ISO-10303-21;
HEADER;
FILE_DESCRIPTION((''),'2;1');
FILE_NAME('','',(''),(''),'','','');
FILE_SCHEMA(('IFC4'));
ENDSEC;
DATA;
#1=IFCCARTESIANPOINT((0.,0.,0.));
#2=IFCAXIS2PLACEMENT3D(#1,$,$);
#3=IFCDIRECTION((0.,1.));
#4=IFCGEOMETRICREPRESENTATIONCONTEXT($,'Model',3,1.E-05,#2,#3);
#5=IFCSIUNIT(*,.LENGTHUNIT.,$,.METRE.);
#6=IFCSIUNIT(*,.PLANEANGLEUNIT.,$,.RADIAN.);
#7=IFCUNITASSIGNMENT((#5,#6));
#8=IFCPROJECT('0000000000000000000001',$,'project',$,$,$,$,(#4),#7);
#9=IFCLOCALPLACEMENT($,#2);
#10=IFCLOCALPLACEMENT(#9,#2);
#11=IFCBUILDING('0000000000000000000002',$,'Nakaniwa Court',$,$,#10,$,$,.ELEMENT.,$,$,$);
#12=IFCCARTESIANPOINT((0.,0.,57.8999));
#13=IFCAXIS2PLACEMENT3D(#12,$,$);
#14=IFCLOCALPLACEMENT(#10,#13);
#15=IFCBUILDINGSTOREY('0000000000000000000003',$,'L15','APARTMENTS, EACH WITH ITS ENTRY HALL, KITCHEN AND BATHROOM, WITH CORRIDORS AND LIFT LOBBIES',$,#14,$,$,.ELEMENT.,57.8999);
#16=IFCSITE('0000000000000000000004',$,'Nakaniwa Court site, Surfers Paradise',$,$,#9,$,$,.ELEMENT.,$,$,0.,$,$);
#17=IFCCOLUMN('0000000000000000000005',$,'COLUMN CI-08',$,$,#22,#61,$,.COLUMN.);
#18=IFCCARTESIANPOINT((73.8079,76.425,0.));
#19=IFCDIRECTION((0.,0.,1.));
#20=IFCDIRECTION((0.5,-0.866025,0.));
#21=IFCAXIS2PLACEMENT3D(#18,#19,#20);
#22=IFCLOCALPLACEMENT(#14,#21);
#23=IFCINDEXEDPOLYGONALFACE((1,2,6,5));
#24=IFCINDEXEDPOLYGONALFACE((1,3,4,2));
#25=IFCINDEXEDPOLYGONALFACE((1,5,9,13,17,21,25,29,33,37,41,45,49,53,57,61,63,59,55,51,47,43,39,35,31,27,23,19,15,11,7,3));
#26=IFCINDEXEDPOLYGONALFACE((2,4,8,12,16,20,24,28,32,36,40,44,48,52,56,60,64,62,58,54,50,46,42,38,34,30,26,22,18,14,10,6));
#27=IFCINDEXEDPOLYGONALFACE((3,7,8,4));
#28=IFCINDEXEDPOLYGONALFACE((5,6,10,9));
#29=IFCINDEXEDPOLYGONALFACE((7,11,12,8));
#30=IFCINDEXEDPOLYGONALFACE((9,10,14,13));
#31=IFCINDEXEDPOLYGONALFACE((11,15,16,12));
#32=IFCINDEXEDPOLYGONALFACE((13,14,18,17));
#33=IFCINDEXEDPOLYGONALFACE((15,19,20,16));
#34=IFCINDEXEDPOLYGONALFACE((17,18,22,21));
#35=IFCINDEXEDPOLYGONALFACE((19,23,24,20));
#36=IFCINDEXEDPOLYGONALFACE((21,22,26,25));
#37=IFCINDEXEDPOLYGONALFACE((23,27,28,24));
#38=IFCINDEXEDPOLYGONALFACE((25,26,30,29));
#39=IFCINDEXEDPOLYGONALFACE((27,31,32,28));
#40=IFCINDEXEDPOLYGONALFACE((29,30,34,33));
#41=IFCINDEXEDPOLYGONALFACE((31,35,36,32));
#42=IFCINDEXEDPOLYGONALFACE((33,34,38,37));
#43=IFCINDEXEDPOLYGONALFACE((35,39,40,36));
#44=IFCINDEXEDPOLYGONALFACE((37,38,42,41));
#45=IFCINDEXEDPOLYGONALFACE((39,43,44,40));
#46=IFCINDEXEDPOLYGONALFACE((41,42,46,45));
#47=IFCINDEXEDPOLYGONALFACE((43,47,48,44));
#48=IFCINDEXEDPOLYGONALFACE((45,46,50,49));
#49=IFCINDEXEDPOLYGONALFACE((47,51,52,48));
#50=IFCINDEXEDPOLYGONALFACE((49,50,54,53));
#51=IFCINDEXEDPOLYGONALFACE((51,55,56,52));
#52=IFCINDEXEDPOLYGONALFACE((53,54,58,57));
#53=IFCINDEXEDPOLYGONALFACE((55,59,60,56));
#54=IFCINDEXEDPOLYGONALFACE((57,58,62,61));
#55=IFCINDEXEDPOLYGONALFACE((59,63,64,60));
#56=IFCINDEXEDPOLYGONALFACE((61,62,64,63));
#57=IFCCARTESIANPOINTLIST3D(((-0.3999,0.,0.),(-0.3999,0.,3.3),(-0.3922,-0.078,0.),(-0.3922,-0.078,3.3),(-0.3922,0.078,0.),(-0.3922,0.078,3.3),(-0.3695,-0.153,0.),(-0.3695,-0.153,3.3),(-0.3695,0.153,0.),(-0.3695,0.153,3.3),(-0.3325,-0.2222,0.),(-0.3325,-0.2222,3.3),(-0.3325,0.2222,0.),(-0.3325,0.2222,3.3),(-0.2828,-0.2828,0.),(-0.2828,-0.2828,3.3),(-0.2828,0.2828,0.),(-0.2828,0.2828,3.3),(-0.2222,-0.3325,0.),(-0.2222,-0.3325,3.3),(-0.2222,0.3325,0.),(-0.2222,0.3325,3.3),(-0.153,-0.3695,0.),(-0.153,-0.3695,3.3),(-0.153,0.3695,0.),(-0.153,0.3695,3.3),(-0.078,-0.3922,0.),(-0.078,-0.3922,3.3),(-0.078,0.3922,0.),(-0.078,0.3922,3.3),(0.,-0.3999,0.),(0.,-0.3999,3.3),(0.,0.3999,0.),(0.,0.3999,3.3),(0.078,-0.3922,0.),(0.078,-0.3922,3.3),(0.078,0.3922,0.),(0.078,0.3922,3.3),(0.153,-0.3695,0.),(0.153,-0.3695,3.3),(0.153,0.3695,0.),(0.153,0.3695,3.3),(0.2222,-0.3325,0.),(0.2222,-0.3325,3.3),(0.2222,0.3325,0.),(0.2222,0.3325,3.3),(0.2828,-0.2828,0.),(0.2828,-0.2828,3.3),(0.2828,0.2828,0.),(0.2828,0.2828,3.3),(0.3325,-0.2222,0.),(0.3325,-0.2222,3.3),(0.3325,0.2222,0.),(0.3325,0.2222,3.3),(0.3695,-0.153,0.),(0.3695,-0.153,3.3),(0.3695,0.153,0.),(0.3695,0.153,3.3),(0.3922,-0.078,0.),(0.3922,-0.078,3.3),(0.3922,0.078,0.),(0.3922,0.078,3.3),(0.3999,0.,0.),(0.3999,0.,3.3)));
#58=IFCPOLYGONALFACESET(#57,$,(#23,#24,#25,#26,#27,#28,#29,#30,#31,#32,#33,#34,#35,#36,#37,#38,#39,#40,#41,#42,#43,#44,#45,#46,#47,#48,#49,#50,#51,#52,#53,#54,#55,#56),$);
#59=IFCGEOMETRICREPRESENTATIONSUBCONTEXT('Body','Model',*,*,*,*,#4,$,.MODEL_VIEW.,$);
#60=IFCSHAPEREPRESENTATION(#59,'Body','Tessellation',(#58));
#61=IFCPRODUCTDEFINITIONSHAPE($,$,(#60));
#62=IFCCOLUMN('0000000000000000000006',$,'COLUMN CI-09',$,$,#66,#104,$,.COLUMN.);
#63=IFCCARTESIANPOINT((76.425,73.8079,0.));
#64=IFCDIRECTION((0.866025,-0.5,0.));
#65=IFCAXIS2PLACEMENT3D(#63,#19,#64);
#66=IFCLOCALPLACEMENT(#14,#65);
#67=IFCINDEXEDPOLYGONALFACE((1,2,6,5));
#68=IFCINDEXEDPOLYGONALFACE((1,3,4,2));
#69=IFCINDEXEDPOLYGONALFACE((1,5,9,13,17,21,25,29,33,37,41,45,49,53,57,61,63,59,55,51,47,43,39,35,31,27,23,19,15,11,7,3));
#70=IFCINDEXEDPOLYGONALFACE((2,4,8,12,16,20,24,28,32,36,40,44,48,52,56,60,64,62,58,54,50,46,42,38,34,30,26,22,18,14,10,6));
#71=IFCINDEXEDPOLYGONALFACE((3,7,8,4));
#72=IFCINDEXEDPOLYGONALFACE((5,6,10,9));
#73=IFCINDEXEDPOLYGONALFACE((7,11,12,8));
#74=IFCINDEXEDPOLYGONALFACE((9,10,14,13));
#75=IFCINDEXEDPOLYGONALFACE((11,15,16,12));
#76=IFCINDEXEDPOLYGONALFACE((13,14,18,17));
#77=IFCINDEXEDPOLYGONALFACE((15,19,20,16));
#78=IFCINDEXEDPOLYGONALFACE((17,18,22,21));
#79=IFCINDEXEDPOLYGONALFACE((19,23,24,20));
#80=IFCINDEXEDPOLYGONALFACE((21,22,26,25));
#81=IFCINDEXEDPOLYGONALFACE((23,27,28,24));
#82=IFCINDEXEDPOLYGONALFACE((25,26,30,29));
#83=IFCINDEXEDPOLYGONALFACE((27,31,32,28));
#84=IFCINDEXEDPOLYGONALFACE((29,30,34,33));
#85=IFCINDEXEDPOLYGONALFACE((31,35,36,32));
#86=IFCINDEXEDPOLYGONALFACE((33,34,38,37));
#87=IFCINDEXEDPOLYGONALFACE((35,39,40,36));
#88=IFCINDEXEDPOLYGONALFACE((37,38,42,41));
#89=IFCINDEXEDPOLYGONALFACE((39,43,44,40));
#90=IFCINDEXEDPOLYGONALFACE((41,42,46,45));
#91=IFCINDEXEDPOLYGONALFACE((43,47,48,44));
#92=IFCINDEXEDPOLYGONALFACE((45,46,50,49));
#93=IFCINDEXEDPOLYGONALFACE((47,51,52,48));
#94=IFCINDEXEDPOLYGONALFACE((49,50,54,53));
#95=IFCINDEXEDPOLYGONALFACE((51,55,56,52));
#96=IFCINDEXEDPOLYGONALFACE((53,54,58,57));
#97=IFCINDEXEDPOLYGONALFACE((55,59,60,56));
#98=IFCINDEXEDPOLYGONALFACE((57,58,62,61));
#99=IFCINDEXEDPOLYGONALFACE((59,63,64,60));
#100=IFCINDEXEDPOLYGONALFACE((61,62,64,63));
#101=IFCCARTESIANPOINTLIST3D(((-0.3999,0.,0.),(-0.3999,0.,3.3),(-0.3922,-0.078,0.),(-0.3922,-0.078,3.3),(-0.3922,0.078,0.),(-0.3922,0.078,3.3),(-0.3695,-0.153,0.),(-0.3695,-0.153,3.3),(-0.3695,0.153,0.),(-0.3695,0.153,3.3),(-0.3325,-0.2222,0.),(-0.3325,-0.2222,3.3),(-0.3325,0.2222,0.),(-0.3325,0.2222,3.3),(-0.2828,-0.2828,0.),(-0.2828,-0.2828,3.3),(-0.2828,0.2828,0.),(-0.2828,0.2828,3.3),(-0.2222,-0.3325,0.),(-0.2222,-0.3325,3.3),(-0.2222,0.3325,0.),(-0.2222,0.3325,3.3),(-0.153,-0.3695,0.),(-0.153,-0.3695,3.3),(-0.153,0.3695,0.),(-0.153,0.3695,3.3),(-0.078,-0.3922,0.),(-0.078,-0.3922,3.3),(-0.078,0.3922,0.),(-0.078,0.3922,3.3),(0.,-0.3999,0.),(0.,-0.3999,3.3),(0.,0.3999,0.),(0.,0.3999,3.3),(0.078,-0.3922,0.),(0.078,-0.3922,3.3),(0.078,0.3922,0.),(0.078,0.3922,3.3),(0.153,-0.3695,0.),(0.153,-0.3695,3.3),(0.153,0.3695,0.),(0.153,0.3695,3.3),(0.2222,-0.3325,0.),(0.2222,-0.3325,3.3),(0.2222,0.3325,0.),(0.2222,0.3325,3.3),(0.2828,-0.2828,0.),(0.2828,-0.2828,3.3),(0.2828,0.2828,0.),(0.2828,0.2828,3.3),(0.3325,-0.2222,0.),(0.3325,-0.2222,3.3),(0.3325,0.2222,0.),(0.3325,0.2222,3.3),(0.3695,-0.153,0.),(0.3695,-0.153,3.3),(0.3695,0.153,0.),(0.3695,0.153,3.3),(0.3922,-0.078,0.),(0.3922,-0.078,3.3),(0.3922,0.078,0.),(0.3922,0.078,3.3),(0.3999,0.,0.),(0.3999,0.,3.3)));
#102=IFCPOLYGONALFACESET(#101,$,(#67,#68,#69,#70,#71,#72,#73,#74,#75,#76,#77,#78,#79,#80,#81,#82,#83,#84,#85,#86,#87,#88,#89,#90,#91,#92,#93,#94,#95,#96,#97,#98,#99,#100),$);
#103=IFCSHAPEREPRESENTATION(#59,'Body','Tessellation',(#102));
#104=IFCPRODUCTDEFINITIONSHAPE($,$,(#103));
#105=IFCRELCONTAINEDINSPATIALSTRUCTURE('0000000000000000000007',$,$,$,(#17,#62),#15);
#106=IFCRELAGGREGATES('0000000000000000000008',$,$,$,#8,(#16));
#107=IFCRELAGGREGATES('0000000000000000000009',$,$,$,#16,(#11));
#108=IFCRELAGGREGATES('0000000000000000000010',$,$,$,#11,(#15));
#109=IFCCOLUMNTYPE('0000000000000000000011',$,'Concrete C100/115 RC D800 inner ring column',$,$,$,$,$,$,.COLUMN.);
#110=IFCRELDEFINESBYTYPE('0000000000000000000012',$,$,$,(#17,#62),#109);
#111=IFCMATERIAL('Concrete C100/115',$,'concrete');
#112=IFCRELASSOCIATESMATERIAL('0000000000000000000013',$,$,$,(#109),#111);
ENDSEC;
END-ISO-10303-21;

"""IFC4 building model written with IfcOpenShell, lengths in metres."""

from ifc_helpers import new_model, si_unit, direction, frame, origin, origin_2d, place, context, subcontext, project, spatial, circle, extrude, material, material_profile, profile_set, type_object, element, save


model = new_model("IFC4")

# Units and contexts
model_context = context("Model", 3, precision=1e-05, world=origin(), true_north=direction((0.0, 1.0)))
body_context = subcontext(model_context, "Body", "Model", "MODEL_VIEW")
ifc_project = project(units=[si_unit("LENGTHUNIT", "METRE"), si_unit("PLANEANGLEUNIT", "RADIAN")], contexts=[model_context])

# Site, building, storey
site_placement = place(None, origin())
site = spatial("IfcSite", under=ifc_project, at=site_placement, Name="Nakaniwa Court site, Surfers Paradise", CompositionType="ELEMENT", RefElevation=0.0)
building_placement = place(site_placement, origin())
building = spatial("IfcBuilding", under=site, at=building_placement, Name="Nakaniwa Court", CompositionType="ELEMENT")
storey_placement = place(building_placement, frame((0.0, 0.0, 57.8999)))
storey = spatial("IfcBuildingStorey", under=building, at=storey_placement, Name="L15", Description="APARTMENTS, EACH WITH ITS ENTRY HALL, KITCHEN AND BATHROOM, WITH CORRIDORS AND LIFT LOBBIES", CompositionType="ELEMENT", Elevation=57.8999)

# Columns
ifc_material_1 = material(Name="Concrete C100/115", Category="concrete")
ifc_material_profile_1 = material_profile(ifc_material_1, circle(Radius=0.3999, at=origin_2d()), Name="Concrete C100/115 RC D800 inner ring column")
ifc_profile_set_1 = profile_set([ifc_material_profile_1], Name="Concrete C100/115")
column_type_1 = type_object("IfcColumnType", Name="Concrete C100/115 RC D800 inner ring column", PredefinedType="COLUMN", material=ifc_profile_set_1)
for number, where, z_axis, x_axis, name in (
    (1, (73.8079, 76.425, 0.0), (0.0, 0.0, 1.0), (0.5, -0.866025, 0.0), "COLUMN CI-08"),
    (2, (76.425, 73.8079, 0.0), (0.0, 0.0, 1.0), (0.866025, -0.5, 0.0), "COLUMN CI-09"),
):
    element("IfcColumn", number, at=place(storey_placement, frame(where, z_axis=z_axis, x_axis=x_axis)), inside=storey, type_object=column_type_1, Name=name, PredefinedType="COLUMN", context=body_context, shape_type="SweptSolid", body=[
        extrude(circle(Radius=0.3999, at=origin_2d()), origin(), (0.0, 0.0, 1.0), 3.3),
    ])

save(model, "model.ifc")
